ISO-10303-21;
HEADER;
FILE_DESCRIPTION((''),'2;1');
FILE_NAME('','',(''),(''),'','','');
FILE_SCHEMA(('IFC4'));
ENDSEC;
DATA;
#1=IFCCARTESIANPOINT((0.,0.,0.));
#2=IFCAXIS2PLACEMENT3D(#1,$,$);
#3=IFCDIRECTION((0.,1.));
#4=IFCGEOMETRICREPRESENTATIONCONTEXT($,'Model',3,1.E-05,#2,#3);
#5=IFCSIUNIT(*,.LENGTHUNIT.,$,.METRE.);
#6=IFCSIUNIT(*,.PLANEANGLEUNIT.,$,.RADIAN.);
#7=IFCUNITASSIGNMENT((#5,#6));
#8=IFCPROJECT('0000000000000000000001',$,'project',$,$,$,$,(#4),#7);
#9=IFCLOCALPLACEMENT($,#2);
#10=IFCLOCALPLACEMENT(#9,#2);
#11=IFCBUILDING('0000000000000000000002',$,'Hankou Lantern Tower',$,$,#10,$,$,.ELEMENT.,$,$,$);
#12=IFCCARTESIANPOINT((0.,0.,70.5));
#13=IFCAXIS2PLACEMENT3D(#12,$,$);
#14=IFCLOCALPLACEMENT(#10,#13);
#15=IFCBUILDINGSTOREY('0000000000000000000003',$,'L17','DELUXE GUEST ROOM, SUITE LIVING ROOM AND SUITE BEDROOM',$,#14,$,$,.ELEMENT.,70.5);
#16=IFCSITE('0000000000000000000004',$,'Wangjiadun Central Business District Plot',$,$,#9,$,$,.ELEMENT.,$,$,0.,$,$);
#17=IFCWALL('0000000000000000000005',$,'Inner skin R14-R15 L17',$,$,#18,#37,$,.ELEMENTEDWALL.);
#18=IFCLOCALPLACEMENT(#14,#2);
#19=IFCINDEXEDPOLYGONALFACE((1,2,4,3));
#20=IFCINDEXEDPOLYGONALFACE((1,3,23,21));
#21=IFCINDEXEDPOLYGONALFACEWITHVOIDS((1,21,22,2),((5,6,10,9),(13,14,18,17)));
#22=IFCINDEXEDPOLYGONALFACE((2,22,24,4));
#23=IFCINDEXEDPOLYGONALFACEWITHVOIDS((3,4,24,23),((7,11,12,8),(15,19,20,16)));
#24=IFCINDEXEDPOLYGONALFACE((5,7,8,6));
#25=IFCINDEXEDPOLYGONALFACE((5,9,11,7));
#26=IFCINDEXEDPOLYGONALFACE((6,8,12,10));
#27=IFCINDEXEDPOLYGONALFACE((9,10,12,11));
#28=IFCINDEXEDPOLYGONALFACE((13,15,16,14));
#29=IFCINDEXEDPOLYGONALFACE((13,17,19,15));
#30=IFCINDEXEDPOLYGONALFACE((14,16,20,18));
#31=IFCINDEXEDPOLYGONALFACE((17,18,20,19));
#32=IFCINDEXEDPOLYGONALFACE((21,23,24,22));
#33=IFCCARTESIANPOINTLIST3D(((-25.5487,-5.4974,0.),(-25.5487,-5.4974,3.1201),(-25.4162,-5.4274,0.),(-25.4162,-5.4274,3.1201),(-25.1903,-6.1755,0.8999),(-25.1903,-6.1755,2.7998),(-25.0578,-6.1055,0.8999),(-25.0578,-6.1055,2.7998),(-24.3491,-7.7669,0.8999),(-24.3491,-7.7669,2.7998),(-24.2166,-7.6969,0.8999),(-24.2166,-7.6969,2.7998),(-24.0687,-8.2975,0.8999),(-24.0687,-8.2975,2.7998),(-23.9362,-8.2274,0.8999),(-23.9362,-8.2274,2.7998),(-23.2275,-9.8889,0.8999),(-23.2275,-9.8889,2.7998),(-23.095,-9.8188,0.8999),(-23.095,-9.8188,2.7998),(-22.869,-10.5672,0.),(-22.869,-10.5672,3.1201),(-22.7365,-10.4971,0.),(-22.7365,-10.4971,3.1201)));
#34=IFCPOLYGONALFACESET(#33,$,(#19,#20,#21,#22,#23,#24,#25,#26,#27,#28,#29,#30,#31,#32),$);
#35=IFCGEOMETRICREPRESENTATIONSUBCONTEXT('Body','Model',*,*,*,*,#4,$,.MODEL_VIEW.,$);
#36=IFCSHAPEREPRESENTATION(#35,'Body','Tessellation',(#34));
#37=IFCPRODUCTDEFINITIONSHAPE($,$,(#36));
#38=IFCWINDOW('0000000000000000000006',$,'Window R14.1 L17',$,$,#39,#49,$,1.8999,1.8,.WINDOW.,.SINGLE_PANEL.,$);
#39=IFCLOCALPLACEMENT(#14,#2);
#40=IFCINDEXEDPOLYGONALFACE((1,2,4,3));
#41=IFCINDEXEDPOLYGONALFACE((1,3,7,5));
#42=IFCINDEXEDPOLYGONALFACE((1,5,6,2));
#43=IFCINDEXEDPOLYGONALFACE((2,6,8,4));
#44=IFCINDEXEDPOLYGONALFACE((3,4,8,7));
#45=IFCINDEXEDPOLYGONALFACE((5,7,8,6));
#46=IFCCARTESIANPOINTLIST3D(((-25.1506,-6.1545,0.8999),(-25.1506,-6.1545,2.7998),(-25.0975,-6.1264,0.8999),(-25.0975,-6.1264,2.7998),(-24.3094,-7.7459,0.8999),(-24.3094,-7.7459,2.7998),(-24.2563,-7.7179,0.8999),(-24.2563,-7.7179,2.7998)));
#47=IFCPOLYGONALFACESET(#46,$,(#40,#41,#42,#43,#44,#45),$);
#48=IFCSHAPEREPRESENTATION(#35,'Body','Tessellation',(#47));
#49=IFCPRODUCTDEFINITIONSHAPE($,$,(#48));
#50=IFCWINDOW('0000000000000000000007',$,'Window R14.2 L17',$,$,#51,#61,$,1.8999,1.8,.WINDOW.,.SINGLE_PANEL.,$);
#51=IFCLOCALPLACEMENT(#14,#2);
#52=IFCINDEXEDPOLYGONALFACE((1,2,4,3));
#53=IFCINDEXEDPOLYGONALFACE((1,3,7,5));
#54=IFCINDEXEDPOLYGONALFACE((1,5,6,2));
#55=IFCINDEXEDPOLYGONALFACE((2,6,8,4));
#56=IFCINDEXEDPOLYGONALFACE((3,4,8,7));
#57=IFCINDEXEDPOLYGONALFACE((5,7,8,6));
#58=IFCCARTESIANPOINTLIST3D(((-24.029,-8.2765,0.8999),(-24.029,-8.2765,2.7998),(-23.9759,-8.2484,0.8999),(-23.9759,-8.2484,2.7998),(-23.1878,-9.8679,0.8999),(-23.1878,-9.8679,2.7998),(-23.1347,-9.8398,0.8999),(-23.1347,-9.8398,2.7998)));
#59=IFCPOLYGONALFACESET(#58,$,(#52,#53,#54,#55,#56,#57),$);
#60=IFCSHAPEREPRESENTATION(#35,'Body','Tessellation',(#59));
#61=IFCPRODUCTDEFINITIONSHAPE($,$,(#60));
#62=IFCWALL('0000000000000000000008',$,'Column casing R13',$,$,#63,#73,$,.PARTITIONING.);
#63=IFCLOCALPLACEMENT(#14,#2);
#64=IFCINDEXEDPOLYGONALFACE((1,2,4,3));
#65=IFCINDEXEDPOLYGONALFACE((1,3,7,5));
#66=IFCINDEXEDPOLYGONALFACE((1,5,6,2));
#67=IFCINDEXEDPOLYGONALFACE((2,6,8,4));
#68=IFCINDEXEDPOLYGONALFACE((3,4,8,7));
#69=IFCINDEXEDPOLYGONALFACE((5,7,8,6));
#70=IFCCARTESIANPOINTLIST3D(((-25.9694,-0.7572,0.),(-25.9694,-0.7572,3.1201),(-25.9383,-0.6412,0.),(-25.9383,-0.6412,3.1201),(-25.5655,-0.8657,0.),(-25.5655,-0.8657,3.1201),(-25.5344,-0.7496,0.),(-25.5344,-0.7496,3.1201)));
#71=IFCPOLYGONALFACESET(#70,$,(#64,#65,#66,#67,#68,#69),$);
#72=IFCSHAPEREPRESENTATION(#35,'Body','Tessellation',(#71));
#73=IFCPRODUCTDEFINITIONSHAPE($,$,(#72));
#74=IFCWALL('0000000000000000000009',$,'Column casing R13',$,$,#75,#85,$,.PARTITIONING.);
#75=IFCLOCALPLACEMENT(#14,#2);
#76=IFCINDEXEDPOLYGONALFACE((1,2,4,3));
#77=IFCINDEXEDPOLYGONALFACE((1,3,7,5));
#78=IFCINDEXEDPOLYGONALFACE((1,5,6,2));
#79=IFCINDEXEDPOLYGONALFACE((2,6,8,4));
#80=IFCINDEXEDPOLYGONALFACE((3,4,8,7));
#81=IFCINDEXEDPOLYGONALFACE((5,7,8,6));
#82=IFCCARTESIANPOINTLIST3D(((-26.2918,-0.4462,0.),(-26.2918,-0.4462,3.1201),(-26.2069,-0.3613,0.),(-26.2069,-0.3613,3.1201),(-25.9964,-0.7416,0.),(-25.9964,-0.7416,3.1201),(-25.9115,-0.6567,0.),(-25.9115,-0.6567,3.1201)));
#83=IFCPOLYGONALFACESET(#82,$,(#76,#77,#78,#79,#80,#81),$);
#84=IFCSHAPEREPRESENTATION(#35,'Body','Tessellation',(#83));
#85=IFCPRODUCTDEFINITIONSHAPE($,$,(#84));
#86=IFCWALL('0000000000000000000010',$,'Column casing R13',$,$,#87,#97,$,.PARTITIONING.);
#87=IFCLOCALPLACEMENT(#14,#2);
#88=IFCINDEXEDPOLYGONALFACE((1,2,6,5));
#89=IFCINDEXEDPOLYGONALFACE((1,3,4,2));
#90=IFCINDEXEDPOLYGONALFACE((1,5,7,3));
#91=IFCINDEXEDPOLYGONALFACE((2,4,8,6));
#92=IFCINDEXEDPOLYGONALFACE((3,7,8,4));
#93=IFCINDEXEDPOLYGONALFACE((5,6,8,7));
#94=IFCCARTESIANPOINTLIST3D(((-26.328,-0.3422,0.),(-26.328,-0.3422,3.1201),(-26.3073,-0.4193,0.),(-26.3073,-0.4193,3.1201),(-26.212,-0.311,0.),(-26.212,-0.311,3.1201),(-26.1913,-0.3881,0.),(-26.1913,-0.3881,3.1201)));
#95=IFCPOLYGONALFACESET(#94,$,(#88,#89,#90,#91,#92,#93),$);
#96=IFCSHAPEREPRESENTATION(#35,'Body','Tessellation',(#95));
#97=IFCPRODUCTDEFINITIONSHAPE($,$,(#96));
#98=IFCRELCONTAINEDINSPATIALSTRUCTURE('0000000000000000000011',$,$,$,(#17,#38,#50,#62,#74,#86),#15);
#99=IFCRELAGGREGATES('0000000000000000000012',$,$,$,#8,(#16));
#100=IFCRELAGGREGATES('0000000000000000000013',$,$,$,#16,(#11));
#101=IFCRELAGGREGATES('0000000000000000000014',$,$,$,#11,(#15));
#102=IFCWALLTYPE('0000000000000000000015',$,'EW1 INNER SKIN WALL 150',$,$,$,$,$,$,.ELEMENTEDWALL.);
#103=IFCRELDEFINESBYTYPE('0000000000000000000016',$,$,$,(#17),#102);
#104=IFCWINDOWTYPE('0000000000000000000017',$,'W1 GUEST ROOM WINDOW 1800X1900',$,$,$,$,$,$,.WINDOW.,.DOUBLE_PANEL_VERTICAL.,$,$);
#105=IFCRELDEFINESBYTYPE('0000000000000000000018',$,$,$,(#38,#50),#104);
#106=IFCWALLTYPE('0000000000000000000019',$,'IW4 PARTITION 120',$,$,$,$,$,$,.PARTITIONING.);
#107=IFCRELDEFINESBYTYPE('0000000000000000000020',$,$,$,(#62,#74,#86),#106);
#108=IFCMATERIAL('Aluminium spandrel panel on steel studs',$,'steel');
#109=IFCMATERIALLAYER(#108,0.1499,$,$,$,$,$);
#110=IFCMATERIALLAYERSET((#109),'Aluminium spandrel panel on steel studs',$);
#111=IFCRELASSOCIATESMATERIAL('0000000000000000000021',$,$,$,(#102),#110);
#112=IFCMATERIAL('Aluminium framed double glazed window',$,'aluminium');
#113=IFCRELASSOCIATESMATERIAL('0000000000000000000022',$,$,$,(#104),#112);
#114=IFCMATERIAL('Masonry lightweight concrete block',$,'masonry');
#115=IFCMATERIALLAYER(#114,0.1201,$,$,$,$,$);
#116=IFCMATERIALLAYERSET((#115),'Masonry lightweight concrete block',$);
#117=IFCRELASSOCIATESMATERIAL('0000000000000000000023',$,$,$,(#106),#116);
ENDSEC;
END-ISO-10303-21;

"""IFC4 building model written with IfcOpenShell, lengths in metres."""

from ifc_helpers import new_model, si_unit, direction, frame, frame_2d, origin, place, context, subcontext, project, spatial, rectangle, extrude, material, layer, layer_set, type_object, element, fill, save


model = new_model("IFC4")

# Units and contexts
model_context = context("Model", 3, precision=1e-05, world=origin(), true_north=direction((0.0, 1.0)))
body_context = subcontext(model_context, "Body", "Model", "MODEL_VIEW")
ifc_project = project(units=[si_unit("LENGTHUNIT", "METRE"), si_unit("PLANEANGLEUNIT", "RADIAN")], contexts=[model_context])

# Site, building, storey
site_placement = place(None, origin())
site = spatial("IfcSite", under=ifc_project, at=site_placement, Name="Wangjiadun Central Business District Plot", CompositionType="ELEMENT", RefElevation=0.0)
building_placement = place(site_placement, origin())
building = spatial("IfcBuilding", under=site, at=building_placement, Name="Hankou Lantern Tower", CompositionType="ELEMENT")
storey_placement = place(building_placement, frame((0.0, 0.0, 70.5)))
storey = spatial("IfcBuildingStorey", under=building, at=storey_placement, Name="L17", Description="DELUXE GUEST ROOM, SUITE LIVING ROOM AND SUITE BEDROOM", CompositionType="ELEMENT", Elevation=70.5)

# Wall, openings, windows
ifc_material_1 = material(Name="Aluminium spandrel panel on steel studs", Category="steel")
ifc_layer_1 = layer(ifc_material_1, 0.1499)
ifc_layer_set_1 = layer_set([ifc_layer_1], Name="Aluminium spandrel panel on steel studs")
wall_type_1 = type_object("IfcWallType", Name="EW1 INNER SKIN WALL 150", PredefinedType="ELEMENTEDWALL", material=ifc_layer_set_1)
ifc_material_2 = material(Name="Aluminium framed double glazed window", Category="aluminium")
window_type = type_object("IfcWindowType", Name="W1 GUEST ROOM WINDOW 1800X1900", PartitioningType="DOUBLE_PANEL_VERTICAL", PredefinedType="WINDOW", material=ifc_material_2)
wall_1_placement = place(storey_placement, frame((-25.4824, -5.4624, 0.0), z_axis=(0.0, 0.0, 1.0), x_axis=(0.467297, -0.8841, 0.0)))
wall_1 = element("IfcWall", 1, at=wall_1_placement, inside=storey, type_object=wall_type_1, Name="Inner skin R14-R15 L17", PredefinedType="ELEMENTEDWALL", context=body_context, shape_type="SweptSolid", body=[
    extrude(rectangle(XDim=5.7344, YDim=0.1499, at=frame_2d((2.8672, 0.0))), origin(), (0.0, 0.0, 1.0), 3.1201),
])
opening_1_placement = place(wall_1_placement, frame((0.7671, 0.0, 0.8999)))
opening_1 = element("IfcOpeningElement", 2, at=opening_1_placement, cuts=wall_1, PredefinedType="OPENING", context=body_context, shape_type="SweptSolid", body=[
    extrude(rectangle(XDim=1.8, YDim=1.8999, at=frame_2d((0.8999, 0.95))), frame((0.0, 0.085, 0.0), z_axis=(0.0, -1.0, 0.0), x_axis=(1.0, 0.0, 0.0)), (0.0, 0.0, 1.0), 0.1699),
])
opening_2_placement = place(wall_1_placement, frame((3.1672, 0.0, 0.8999)))
opening_2 = element("IfcOpeningElement", 3, at=opening_2_placement, cuts=wall_1, PredefinedType="OPENING", context=body_context, shape_type="SweptSolid", body=[
    extrude(rectangle(XDim=1.8, YDim=1.8999, at=frame_2d((0.8999, 0.95))), frame((0.0, 0.085, 0.0), z_axis=(0.0, -1.0, 0.0), x_axis=(1.0, 0.0, 0.0)), (0.0, 0.0, 1.0), 0.1699),
])
window_1_placement = place(opening_1_placement, origin())
window_1 = element("IfcWindow", 4, at=window_1_placement, inside=storey, type_object=window_type, Name="Window R14.1 L17", OverallHeight=1.8999, OverallWidth=1.8, PartitioningType="SINGLE_PANEL", PredefinedType="WINDOW", context=body_context, shape_type="SweptSolid", body=[
    extrude(rectangle(XDim=1.8, YDim=1.8999, at=frame_2d((0.8999, 0.95))), frame((0.0, 0.03, 0.0), z_axis=(0.0, -1.0, 0.0), x_axis=(1.0, 0.0, 0.0)), (0.0, 0.0, 1.0), 0.0601),
])
fill(opening_1, window_1)
window_2_placement = place(opening_2_placement, origin())
window_2 = element("IfcWindow", 5, at=window_2_placement, inside=storey, type_object=window_type, Name="Window R14.2 L17", OverallHeight=1.8999, OverallWidth=1.8, PartitioningType="SINGLE_PANEL", PredefinedType="WINDOW", context=body_context, shape_type="SweptSolid", body=[
    extrude(rectangle(XDim=1.8, YDim=1.8999, at=frame_2d((0.8999, 0.95))), frame((0.0, 0.03, 0.0), z_axis=(0.0, -1.0, 0.0), x_axis=(1.0, 0.0, 0.0)), (0.0, 0.0, 1.0), 0.0601),
])
fill(opening_2, window_2)

# Walls
ifc_material_3 = material(Name="Masonry lightweight concrete block", Category="masonry")
ifc_layer_2 = layer(ifc_material_3, 0.1201)
ifc_layer_set_2 = layer_set([ifc_layer_2], Name="Masonry lightweight concrete block")
wall_type_2 = type_object("IfcWallType", Name="IW4 PARTITION 120", PredefinedType="PARTITIONING", material=ifc_layer_set_2)
wall_2_placement = place(storey_placement, frame((-25.55, -0.8076, 0.0), z_axis=(0.0, 0.0, 1.0), x_axis=(-0.965807, 0.259261, 0.0)))
element("IfcWall", 6, at=wall_2_placement, inside=storey, type_object=wall_type_2, Name="Column casing R13", PredefinedType="PARTITIONING", context=body_context, shape_type="SweptSolid", body=[
    extrude(rectangle(XDim=0.4182, YDim=0.1201, at=frame_2d((0.209, 0.0))), origin(), (0.0, 0.0, 1.0), 3.1201),
])
wall_3_placement = place(storey_placement, frame((-25.9539, -0.6992, 0.0), z_axis=(0.0, 0.0, 1.0), x_axis=(-0.707107, 0.707107, 0.0)))
element("IfcWall", 7, at=wall_3_placement, inside=storey, type_object=wall_type_2, Name="Column casing R13", PredefinedType="PARTITIONING", context=body_context, shape_type="SweptSolid", body=[
    extrude(rectangle(XDim=0.4177, YDim=0.1201, at=frame_2d((0.209, 0.0))), origin(), (0.0, 0.0, 1.0), 3.1201),
])
wall_4_placement = place(storey_placement, frame((-26.2493, -0.4038, 0.0), z_axis=(0.0, 0.0, 1.0), x_axis=(-0.259754, 0.965675, 0.0)))
element("IfcWall", 8, at=wall_4_placement, inside=storey, type_object=wall_type_2, Name="Column casing R13", PredefinedType="PARTITIONING", context=body_context, shape_type="SweptSolid", body=[
    extrude(rectangle(XDim=0.0798, YDim=0.1201, at=frame_2d((0.04, 0.0))), origin(), (0.0, 0.0, 1.0), 3.1201),
])

save(model, "model.ifc")
